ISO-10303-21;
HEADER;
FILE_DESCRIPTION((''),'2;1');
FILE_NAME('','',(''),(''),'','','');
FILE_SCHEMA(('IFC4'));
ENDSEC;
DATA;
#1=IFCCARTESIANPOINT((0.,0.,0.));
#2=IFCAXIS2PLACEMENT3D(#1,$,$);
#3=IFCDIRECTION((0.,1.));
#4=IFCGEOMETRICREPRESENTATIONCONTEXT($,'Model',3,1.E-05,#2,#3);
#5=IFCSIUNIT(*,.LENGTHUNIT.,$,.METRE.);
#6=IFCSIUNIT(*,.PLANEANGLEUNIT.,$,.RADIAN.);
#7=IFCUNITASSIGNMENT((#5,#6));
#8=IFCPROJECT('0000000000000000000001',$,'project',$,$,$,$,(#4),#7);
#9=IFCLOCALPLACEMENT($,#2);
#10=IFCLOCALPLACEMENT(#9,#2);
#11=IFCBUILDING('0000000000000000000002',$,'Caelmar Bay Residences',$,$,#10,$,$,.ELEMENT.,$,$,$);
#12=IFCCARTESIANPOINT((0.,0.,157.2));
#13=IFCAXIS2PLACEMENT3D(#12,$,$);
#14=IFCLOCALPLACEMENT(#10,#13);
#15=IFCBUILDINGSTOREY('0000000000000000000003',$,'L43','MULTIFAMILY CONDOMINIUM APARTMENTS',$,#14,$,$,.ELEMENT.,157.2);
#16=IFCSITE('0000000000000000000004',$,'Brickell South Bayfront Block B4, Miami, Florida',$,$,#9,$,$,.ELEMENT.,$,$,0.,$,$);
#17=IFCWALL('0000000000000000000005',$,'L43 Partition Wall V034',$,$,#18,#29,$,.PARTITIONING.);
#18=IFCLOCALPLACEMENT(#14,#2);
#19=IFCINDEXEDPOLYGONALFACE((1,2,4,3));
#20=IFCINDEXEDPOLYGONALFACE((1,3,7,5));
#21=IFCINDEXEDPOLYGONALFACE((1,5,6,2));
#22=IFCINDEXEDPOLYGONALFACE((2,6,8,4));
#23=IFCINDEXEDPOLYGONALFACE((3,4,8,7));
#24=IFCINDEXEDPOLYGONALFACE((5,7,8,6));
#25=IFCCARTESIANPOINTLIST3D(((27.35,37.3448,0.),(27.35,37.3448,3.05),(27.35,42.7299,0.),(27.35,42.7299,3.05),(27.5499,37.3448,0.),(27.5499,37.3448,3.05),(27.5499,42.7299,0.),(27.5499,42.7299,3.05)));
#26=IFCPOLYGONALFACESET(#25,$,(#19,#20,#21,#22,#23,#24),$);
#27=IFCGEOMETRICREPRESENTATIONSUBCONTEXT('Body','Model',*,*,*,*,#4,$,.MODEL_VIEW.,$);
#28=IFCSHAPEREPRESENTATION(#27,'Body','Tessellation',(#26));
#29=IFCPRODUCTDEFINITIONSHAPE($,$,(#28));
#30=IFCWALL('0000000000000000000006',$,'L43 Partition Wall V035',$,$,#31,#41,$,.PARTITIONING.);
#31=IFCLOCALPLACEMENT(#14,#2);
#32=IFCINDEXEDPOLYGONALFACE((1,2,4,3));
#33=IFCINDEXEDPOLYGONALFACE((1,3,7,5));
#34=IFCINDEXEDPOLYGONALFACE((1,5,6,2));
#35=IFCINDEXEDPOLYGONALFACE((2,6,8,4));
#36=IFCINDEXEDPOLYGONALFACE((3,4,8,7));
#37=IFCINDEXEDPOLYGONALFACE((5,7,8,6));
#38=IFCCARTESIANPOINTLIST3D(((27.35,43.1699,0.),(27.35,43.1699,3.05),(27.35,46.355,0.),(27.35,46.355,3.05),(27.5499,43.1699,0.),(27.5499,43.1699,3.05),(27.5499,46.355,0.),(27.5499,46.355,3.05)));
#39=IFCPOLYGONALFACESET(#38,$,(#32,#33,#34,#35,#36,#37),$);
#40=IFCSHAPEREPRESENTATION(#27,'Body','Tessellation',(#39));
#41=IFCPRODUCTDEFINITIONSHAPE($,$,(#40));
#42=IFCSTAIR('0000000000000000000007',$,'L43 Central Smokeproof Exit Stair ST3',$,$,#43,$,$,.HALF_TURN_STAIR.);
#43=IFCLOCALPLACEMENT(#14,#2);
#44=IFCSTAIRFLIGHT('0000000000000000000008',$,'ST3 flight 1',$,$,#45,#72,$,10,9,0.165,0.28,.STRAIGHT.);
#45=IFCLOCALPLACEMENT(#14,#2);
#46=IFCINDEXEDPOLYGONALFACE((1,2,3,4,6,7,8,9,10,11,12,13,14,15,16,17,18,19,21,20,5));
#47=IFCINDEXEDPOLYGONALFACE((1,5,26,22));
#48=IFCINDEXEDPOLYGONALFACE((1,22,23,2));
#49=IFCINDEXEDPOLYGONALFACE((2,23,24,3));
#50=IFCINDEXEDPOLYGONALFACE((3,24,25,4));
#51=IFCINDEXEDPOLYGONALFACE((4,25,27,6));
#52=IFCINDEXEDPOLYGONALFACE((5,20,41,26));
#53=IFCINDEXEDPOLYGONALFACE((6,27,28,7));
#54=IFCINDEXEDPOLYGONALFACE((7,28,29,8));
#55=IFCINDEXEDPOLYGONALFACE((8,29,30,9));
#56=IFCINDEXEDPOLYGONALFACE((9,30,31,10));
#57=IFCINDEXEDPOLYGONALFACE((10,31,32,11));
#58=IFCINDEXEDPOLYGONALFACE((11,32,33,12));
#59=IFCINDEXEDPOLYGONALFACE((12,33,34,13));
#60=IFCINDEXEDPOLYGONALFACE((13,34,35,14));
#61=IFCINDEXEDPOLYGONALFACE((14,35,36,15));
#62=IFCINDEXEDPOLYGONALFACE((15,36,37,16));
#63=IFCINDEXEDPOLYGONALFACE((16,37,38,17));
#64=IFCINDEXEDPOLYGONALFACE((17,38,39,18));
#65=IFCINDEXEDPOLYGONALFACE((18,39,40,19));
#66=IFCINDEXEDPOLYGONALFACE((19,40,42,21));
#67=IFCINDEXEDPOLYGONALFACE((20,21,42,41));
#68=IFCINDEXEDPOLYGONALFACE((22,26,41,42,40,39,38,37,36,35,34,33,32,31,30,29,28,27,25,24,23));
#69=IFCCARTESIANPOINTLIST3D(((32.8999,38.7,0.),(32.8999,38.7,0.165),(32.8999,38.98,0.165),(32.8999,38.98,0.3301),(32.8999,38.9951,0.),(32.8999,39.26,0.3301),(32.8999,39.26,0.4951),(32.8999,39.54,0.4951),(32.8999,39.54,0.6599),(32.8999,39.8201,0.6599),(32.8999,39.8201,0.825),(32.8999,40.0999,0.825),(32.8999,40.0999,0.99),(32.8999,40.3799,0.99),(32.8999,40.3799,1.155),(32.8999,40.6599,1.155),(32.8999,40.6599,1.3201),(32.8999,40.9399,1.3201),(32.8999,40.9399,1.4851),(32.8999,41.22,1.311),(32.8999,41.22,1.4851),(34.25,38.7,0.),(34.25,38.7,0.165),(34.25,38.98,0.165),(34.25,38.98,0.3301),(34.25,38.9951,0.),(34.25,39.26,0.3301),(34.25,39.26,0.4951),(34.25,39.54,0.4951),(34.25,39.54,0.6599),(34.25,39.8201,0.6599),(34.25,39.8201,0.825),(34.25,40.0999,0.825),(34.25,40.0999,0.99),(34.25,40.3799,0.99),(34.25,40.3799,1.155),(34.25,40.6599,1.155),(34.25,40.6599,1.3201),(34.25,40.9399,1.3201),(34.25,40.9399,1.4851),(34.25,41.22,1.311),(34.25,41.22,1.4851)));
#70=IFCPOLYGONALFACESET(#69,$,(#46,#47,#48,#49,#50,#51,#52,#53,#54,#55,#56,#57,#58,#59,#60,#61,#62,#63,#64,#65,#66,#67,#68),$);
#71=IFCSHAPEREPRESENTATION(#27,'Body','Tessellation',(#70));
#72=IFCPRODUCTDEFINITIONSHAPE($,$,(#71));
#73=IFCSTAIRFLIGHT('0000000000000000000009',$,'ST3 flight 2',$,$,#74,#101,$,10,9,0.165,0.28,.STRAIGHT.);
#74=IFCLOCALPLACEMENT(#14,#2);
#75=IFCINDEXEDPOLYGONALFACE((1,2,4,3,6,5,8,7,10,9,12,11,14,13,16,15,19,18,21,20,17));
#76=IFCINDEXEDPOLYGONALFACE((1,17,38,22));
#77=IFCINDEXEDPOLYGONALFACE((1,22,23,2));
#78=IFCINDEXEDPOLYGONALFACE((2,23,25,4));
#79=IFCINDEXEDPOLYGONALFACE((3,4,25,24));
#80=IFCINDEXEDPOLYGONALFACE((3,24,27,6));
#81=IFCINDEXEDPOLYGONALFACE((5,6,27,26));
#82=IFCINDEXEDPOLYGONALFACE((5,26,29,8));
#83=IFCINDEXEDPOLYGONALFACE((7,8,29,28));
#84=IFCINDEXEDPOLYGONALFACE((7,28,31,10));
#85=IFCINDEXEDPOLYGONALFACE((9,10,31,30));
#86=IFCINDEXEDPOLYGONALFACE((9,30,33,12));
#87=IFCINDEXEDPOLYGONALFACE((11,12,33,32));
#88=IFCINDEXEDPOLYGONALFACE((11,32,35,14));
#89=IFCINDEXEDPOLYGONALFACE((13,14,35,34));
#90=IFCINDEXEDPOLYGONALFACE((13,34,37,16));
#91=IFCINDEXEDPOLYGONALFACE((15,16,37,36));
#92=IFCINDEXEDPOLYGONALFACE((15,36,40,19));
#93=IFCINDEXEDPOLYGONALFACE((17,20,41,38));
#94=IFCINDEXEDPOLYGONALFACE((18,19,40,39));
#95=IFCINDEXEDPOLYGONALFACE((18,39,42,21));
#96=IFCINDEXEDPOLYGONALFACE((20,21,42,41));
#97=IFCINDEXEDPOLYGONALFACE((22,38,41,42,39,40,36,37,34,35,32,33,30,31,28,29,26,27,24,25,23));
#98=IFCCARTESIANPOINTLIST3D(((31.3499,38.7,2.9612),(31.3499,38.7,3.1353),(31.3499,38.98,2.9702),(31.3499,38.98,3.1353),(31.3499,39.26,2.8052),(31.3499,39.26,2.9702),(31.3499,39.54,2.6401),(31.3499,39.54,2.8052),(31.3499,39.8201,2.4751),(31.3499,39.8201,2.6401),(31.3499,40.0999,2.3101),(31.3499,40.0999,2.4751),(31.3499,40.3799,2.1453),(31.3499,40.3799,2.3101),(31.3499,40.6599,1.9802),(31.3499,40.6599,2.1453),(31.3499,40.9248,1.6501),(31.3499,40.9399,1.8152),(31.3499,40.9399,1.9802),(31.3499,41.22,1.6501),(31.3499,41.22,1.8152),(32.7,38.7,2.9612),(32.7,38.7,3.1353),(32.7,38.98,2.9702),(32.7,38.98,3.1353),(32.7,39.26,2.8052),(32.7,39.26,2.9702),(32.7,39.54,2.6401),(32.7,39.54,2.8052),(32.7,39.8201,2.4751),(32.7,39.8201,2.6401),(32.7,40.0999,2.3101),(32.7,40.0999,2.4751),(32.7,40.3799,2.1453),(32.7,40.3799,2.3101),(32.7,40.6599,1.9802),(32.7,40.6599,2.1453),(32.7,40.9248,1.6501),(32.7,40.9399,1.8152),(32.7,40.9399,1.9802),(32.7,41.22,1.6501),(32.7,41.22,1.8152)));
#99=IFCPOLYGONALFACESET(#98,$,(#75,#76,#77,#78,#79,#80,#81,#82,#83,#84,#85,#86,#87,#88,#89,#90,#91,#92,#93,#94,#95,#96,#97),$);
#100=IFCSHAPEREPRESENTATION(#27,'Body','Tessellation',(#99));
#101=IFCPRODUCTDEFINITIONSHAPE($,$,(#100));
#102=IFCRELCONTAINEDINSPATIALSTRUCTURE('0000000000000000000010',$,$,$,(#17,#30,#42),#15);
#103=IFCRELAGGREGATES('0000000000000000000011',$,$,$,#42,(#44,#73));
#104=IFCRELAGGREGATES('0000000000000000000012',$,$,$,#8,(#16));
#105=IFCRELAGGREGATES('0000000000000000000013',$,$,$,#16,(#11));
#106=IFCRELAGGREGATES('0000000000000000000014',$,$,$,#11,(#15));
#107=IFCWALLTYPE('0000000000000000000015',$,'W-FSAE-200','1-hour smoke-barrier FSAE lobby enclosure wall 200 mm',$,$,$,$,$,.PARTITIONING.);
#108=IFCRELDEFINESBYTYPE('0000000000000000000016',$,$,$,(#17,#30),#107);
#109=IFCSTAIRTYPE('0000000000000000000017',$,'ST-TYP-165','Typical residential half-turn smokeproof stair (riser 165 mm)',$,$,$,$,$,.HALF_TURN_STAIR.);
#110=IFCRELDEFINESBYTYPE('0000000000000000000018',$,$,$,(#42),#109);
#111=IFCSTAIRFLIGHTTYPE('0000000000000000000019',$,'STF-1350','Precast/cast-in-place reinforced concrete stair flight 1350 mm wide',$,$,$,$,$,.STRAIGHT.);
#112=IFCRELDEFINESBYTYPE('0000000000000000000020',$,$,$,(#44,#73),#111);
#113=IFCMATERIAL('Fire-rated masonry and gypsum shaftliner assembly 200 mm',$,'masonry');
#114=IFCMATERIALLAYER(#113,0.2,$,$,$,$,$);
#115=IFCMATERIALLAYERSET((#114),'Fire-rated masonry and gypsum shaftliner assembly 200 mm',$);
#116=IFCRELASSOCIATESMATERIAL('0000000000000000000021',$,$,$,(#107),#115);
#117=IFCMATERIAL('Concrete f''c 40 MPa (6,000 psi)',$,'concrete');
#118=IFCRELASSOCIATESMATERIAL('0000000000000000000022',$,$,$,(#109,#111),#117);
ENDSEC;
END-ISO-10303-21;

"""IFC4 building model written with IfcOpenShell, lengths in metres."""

from ifc_helpers import new_model, si_unit, direction, frame, frame_2d, origin, place, context, subcontext, project, spatial, polyline, rectangle, outline, extrude, material, layer, layer_set, type_object, element, aggregate, save


model = new_model("IFC4")

# Units and contexts
model_context = context("Model", 3, precision=1e-05, world=origin(), true_north=direction((0.0, 1.0)))
body_context = subcontext(model_context, "Body", "Model", "MODEL_VIEW")
ifc_project = project(units=[si_unit("LENGTHUNIT", "METRE"), si_unit("PLANEANGLEUNIT", "RADIAN")], contexts=[model_context])

# Site, building, storey
site_placement = place(None, origin())
site = spatial("IfcSite", under=ifc_project, at=site_placement, Name="Brickell South Bayfront Block B4, Miami, Florida", CompositionType="ELEMENT", RefElevation=0.0)
building_placement = place(site_placement, origin())
building = spatial("IfcBuilding", under=site, at=building_placement, Name="Caelmar Bay Residences", CompositionType="ELEMENT")
storey_placement = place(building_placement, frame((0.0, 0.0, 157.2)))
storey = spatial("IfcBuildingStorey", under=building, at=storey_placement, Name="L43", Description="MULTIFAMILY CONDOMINIUM APARTMENTS", CompositionType="ELEMENT", Elevation=157.2)

# Walls
ifc_material_1 = material(Name="Fire-rated masonry and gypsum shaftliner assembly 200 mm", Category="masonry")
ifc_layer_1 = layer(ifc_material_1, 0.2)
ifc_layer_set_1 = layer_set([ifc_layer_1], Name="Fire-rated masonry and gypsum shaftliner assembly 200 mm")
wall_type_1 = type_object("IfcWallType", Name="W-FSAE-200", Description="1-hour smoke-barrier FSAE lobby enclosure wall 200 mm", PredefinedType="PARTITIONING", material=ifc_layer_set_1)
wall_1_placement = place(storey_placement, frame((27.45, 37.345, 0.0), z_axis=(0.0, 0.0, 1.0), x_axis=(0.0, 1.0, 0.0)))
element("IfcWall", 1, at=wall_1_placement, inside=storey, type_object=wall_type_1, Name="L43 Partition Wall V034", PredefinedType="PARTITIONING", context=body_context, shape_type="SweptSolid", body=[
    extrude(rectangle(XDim=5.385, YDim=0.2, at=frame_2d((2.6924, 0.0))), origin(), (0.0, 0.0, 1.0), 3.05),
])
wall_2_placement = place(storey_placement, frame((27.45, 43.1699, 0.0), z_axis=(0.0, 0.0, 1.0), x_axis=(0.0, 1.0, 0.0)))
element("IfcWall", 2, at=wall_2_placement, inside=storey, type_object=wall_type_1, Name="L43 Partition Wall V035", PredefinedType="PARTITIONING", context=body_context, shape_type="SweptSolid", body=[
    extrude(rectangle(XDim=3.1851, YDim=0.2, at=frame_2d((1.5925, 0.0))), origin(), (0.0, 0.0, 1.0), 3.05),
])

# Stair, stair flights
ifc_material_2 = material(Name="Concrete f'c 40 MPa (6,000 psi)", Category="concrete")
stair_type = type_object("IfcStairType", Name="ST-TYP-165", Description="Typical residential half-turn smokeproof stair (riser 165 mm)", PredefinedType="HALF_TURN_STAIR", material=ifc_material_2)
stair_placement = place(storey_placement, origin())
stair = element("IfcStair", 3, at=stair_placement, inside=storey, type_object=stair_type, Name="L43 Central Smokeproof Exit Stair ST3", PredefinedType="HALF_TURN_STAIR")
stair_flight_type = type_object("IfcStairFlightType", Name="STF-1350", Description="Precast/cast-in-place reinforced concrete stair flight 1350 mm wide", PredefinedType="STRAIGHT", material=ifc_material_2)
stair_flight_1_placement = place(storey_placement, frame((33.575, 38.7, 0.0), z_axis=(0.0, 0.0, 1.0), x_axis=(0.0, 1.0, 0.0)))
stair_flight_1 = element("IfcStairFlight", 4, at=stair_flight_1_placement, type_object=stair_flight_type, Name="ST3 flight 1", NumberOfRisers=10, NumberOfTreads=9, PredefinedType="STRAIGHT", RiserHeight=0.165, TreadLength=0.28, context=body_context, shape_type="SweptSolid", body=[
    extrude(outline(polyline([(0.0, 0.0), (0.0, 0.165), (0.28, 0.165), (0.28, 0.3301), (0.5601, 0.3301), (0.5601, 0.4951), (0.8401, 0.4951), (0.8401, 0.6599), (1.1201, 0.6599), (1.1201, 0.825), (1.3999, 0.825), (1.3999, 0.99), (1.6799, 0.99), (1.6799, 1.155), (1.96, 1.155), (1.96, 1.3201), (2.24, 1.3201), (2.24, 1.4851), (2.52, 1.4851), (2.52, 1.6499), (2.52, 1.311), (0.2952, 0.0), (0.0, 0.0)])), frame((0.0, 0.675, 0.0), z_axis=(0.0, -1.0, 0.0), x_axis=(1.0, 0.0, 0.0)), (0.0, 0.0, 1.0), 1.3501),
])
stair_flight_2_placement = place(storey_placement, frame((32.0249, 41.22, 1.6501), z_axis=(0.0, 0.0, 1.0), x_axis=(0.0, -1.0, 0.0)))
stair_flight_2 = element("IfcStairFlight", 5, at=stair_flight_2_placement, type_object=stair_flight_type, Name="ST3 flight 2", NumberOfRisers=10, NumberOfTreads=9, PredefinedType="STRAIGHT", RiserHeight=0.165, TreadLength=0.28, context=body_context, shape_type="SweptSolid", body=[
    extrude(outline(polyline([(0.0, 0.0), (0.0, 0.165), (0.28, 0.165), (0.28, 0.3301), (0.5601, 0.3301), (0.5601, 0.4951), (0.8401, 0.4951), (0.8401, 0.6599), (1.1201, 0.6599), (1.1201, 0.825), (1.3999, 0.825), (1.3999, 0.99), (1.6799, 0.99), (1.6799, 1.155), (1.96, 1.155), (1.96, 1.3201), (2.24, 1.3201), (2.24, 1.4851), (2.52, 1.4851), (2.52, 1.6499), (2.52, 1.311), (0.2952, 0.0), (0.0, 0.0)])), frame((0.0, 0.675, 0.0), z_axis=(0.0, -1.0, 0.0), x_axis=(1.0, 0.0, 0.0)), (0.0, 0.0, 1.0), 1.3501),
])
aggregate(stair, [stair_flight_1, stair_flight_2])

save(model, "model.ifc")
